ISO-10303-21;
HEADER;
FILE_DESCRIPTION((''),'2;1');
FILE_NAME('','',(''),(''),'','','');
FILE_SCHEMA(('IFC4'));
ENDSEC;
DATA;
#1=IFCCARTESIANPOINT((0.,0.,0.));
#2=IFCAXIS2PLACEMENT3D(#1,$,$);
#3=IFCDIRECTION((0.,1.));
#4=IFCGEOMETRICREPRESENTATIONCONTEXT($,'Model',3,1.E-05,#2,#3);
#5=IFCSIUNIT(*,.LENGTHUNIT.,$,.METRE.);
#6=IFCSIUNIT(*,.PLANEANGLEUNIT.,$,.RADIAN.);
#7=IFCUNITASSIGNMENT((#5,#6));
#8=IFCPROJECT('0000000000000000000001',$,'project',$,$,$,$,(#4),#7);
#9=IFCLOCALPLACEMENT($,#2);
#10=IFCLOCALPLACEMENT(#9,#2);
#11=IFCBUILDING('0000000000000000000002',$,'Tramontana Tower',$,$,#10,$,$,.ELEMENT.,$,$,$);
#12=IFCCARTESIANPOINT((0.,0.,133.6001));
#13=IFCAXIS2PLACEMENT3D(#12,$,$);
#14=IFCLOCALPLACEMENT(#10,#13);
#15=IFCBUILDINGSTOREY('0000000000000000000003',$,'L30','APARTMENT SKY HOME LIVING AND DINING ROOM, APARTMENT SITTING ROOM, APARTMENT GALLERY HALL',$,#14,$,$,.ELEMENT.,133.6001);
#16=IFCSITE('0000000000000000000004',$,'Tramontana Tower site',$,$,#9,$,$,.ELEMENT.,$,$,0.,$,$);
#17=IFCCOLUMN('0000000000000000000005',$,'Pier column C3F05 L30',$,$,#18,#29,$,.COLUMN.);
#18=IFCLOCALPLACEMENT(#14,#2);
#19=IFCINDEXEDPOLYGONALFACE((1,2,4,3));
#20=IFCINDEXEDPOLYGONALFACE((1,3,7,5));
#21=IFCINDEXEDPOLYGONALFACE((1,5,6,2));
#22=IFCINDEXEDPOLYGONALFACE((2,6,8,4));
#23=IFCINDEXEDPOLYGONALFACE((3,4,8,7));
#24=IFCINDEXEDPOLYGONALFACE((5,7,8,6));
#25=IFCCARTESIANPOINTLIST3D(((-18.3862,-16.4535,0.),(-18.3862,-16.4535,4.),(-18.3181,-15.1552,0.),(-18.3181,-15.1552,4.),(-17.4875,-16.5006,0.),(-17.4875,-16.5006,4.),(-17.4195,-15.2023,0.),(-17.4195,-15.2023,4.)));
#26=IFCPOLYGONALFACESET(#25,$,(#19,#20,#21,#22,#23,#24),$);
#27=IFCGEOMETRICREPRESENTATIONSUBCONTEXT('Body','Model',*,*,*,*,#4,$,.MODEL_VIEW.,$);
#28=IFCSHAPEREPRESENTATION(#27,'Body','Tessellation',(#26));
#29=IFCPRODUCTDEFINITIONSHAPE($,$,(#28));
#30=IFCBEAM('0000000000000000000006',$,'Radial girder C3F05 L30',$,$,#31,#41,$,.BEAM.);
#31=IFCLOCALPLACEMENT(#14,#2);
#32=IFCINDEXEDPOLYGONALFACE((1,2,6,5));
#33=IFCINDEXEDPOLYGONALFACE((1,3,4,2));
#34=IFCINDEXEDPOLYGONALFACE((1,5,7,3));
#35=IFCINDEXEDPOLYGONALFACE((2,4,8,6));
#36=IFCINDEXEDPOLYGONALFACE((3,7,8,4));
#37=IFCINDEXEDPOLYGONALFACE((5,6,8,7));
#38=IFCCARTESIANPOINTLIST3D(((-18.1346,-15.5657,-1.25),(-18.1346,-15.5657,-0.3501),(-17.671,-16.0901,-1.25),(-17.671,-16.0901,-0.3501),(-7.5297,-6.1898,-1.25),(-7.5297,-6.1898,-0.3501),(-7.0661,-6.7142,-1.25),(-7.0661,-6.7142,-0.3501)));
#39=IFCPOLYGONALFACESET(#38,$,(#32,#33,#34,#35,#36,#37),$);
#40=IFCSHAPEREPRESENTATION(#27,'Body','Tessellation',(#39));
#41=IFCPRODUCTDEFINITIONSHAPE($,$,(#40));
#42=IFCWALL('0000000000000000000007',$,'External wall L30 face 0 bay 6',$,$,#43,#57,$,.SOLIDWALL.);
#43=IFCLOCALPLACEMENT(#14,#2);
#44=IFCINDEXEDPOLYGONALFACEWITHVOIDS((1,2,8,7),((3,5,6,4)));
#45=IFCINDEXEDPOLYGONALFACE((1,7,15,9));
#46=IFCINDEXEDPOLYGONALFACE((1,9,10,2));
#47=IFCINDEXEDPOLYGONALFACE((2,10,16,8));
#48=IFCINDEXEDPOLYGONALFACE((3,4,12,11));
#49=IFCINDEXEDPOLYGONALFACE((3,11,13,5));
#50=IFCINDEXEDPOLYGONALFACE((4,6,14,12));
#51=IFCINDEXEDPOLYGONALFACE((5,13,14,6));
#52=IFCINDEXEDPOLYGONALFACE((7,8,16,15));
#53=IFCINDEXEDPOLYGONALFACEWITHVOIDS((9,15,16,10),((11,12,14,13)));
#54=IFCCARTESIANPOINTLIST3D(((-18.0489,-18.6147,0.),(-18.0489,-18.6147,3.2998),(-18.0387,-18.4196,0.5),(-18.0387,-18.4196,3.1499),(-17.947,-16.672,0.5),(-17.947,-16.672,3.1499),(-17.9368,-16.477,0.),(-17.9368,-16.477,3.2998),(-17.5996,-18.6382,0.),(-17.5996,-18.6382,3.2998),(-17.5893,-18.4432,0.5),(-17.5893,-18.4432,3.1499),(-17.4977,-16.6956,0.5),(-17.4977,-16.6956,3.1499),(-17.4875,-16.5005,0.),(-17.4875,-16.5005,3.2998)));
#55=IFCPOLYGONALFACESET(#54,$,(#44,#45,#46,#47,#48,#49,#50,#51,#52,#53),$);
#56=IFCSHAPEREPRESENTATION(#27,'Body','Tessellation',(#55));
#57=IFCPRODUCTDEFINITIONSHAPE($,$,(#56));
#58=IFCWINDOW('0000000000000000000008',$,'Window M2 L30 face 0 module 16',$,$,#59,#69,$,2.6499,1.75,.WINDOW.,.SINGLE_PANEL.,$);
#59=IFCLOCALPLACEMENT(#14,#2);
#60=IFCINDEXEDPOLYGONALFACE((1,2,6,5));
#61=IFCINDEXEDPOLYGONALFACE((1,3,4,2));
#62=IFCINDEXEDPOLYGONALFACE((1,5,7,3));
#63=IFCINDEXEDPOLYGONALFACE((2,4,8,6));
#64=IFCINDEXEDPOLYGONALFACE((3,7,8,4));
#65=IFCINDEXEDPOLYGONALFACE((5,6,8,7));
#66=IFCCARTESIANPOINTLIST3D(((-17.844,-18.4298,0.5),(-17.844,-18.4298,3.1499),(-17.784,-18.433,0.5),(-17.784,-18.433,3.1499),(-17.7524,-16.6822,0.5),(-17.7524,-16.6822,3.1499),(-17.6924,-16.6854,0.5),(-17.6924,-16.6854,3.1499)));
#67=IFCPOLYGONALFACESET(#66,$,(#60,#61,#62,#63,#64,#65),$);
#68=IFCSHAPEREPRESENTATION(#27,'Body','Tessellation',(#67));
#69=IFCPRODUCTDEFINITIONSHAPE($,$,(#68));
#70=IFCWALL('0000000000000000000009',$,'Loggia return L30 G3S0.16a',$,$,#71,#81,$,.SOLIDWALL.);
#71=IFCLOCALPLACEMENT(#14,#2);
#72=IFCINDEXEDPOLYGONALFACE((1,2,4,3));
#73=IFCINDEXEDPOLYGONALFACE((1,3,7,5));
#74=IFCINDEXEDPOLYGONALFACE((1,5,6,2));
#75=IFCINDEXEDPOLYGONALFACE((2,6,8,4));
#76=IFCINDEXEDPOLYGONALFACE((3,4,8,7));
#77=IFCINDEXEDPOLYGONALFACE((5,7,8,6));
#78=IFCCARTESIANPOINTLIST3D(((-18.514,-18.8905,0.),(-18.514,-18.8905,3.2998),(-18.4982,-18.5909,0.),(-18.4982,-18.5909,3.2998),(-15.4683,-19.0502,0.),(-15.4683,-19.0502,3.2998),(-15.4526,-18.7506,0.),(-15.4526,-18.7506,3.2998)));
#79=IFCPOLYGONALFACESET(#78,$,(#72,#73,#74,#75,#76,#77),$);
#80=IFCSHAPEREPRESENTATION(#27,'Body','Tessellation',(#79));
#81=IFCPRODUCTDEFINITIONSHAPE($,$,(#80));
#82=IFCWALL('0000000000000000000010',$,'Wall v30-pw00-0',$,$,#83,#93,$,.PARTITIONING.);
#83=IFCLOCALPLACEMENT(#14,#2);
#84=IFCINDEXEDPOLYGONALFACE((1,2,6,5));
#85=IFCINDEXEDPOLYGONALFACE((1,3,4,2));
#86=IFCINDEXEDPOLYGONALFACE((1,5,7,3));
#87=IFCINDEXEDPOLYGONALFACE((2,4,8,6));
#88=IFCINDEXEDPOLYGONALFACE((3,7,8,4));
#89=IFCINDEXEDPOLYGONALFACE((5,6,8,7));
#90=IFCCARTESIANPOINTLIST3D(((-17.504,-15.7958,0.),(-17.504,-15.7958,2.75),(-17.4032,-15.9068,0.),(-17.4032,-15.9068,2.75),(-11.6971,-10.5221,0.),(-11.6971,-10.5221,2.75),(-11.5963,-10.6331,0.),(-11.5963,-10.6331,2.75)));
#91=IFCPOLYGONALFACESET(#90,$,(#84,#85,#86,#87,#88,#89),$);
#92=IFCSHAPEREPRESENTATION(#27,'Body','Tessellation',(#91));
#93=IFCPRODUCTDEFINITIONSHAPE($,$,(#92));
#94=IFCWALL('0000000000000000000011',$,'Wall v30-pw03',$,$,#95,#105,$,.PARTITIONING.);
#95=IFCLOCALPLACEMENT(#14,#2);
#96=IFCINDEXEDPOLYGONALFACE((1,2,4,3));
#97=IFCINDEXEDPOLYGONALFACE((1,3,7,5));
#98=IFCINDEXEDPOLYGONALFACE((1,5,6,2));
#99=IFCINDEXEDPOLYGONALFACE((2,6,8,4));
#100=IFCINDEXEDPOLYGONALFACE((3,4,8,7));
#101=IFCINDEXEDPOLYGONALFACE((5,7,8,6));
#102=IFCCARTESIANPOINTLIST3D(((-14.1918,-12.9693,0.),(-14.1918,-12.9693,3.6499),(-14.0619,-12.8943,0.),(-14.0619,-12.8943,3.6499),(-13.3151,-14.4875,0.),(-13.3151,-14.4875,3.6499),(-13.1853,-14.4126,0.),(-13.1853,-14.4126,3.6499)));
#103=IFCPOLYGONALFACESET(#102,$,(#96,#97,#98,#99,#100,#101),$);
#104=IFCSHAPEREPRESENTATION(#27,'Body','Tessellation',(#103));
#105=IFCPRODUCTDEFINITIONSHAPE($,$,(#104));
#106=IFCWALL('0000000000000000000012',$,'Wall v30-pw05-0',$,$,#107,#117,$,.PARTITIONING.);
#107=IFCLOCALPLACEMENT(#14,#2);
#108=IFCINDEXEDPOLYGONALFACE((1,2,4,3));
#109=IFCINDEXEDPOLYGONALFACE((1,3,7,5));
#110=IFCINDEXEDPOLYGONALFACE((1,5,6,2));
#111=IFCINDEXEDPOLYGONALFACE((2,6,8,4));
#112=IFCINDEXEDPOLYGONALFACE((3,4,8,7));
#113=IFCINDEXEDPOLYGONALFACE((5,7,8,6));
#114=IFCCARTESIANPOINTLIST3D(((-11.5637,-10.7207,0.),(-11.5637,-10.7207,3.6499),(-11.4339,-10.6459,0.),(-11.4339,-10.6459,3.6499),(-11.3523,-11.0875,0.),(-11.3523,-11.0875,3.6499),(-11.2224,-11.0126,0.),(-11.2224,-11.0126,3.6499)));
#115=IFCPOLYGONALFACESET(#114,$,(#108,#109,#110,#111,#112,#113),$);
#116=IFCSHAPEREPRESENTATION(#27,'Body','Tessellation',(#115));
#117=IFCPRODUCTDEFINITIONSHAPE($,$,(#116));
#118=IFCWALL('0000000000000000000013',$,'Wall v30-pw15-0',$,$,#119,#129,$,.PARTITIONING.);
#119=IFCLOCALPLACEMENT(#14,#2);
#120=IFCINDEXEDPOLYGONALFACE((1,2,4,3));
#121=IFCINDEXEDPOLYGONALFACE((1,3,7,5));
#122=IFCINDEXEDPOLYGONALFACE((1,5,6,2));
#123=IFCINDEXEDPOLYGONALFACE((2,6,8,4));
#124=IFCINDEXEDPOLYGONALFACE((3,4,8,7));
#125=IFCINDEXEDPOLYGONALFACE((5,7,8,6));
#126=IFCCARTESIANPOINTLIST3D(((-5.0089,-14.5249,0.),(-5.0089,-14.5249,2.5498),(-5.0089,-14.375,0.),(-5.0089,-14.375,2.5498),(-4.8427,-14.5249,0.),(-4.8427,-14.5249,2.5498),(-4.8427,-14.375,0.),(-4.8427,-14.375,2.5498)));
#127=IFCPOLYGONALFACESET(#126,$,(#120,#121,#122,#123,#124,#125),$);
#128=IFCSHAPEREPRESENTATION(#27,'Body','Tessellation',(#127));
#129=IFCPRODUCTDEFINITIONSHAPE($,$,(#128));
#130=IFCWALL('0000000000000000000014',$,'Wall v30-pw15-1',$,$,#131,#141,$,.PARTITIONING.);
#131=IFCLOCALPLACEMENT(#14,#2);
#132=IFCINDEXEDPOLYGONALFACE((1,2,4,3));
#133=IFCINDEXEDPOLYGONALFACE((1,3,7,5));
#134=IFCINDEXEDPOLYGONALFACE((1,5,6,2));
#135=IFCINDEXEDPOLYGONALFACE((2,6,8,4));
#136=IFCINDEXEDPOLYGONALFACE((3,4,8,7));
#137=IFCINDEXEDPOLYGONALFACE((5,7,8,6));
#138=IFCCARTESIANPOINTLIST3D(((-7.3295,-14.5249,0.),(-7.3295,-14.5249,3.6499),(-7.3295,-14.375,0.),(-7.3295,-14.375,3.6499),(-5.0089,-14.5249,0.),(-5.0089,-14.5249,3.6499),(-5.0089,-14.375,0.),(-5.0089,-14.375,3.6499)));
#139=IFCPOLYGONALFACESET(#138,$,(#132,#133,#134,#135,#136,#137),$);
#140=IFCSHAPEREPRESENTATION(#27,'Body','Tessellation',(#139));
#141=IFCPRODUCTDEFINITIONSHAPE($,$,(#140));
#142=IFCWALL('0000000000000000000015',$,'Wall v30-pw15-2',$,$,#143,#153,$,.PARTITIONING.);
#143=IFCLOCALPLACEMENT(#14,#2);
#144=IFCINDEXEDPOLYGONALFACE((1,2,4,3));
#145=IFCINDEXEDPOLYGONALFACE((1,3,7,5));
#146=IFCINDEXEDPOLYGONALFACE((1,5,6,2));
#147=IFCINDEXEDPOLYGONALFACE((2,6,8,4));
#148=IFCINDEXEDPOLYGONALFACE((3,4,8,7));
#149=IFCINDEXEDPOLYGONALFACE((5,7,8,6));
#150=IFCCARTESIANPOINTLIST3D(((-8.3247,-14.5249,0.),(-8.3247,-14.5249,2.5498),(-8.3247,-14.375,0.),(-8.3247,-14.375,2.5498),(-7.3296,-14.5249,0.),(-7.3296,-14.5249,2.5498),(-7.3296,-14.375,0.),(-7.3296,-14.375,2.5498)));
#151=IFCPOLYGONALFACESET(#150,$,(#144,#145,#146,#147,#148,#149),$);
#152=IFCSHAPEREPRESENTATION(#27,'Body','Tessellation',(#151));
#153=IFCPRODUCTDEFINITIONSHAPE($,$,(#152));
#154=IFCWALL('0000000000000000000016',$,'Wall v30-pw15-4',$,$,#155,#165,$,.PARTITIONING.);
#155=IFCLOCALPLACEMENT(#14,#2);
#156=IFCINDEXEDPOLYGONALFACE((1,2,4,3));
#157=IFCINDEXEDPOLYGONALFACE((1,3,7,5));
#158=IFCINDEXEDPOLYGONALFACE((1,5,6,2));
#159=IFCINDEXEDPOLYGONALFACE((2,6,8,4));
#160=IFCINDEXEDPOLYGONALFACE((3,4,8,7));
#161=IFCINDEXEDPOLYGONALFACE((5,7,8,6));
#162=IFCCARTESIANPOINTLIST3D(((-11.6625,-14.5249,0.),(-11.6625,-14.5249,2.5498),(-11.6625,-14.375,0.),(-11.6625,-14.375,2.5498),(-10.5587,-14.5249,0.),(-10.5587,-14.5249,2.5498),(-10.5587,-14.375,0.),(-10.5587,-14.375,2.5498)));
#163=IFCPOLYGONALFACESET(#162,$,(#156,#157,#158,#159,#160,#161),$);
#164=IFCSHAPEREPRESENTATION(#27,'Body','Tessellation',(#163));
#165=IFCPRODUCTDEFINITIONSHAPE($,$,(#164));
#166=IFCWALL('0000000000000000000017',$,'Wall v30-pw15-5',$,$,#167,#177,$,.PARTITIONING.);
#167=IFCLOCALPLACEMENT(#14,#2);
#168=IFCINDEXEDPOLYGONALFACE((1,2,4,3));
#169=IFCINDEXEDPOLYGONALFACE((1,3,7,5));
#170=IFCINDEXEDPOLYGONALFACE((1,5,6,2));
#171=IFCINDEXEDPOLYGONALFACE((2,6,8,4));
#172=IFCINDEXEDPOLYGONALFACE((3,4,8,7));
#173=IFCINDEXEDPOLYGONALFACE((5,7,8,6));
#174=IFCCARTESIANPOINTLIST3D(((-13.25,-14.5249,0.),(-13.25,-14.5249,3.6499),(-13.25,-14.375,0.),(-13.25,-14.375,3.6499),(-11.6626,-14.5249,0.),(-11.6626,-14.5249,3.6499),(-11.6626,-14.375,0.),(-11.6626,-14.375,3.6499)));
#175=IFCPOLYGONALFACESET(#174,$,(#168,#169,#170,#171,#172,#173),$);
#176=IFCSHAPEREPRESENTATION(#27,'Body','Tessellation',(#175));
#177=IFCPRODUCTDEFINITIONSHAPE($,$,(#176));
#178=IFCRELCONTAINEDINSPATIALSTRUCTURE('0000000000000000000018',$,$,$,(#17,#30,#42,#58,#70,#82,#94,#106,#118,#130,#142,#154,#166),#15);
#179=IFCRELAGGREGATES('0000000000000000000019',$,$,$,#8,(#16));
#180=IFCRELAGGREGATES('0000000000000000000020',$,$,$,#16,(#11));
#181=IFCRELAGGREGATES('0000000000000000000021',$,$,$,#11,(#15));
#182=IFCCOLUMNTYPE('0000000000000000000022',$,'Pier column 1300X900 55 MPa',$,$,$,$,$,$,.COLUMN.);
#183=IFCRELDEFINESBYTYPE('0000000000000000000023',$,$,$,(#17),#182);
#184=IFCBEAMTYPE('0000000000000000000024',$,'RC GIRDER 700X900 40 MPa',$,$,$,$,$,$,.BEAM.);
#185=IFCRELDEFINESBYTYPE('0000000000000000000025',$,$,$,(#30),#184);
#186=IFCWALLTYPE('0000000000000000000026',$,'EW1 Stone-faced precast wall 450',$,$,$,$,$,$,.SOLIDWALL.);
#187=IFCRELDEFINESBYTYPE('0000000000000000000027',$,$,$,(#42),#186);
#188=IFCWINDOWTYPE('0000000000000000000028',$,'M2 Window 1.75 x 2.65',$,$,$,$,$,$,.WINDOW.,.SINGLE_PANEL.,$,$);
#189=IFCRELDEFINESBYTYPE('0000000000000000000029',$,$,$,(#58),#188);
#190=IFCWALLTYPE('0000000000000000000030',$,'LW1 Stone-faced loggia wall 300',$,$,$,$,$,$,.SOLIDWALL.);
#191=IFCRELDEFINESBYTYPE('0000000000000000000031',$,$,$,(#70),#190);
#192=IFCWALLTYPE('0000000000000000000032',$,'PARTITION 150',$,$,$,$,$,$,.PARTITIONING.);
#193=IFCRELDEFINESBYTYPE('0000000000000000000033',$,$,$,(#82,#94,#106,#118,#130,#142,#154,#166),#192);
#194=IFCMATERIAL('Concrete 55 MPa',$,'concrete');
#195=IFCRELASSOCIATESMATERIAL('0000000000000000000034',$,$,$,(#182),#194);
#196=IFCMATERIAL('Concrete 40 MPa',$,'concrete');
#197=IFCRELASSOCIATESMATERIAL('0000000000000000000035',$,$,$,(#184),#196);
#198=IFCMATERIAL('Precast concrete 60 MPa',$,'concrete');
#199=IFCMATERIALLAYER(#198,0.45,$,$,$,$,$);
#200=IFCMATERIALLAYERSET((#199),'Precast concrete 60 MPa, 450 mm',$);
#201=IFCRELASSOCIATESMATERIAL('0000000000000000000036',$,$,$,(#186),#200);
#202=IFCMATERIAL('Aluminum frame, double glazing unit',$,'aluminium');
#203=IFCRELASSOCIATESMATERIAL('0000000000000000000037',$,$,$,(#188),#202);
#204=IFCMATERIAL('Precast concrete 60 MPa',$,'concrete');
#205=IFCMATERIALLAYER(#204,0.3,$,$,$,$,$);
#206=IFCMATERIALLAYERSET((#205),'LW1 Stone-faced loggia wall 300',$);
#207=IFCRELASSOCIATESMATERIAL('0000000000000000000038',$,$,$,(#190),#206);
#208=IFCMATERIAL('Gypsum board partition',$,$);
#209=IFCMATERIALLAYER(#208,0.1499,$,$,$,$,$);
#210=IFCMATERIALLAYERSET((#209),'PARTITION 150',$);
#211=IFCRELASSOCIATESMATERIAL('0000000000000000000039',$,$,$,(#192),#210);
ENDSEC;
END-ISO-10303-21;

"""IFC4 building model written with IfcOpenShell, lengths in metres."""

from ifc_helpers import new_model, si_unit, direction, frame, frame_2d, origin, origin_2d, place, context, subcontext, project, spatial, rectangle, extrude, material, layer, layer_set, material_profile, profile_set, type_object, element, fill, save


model = new_model("IFC4")

# Units and contexts
model_context = context("Model", 3, precision=1e-05, world=origin(), true_north=direction((0.0, 1.0)))
body_context = subcontext(model_context, "Body", "Model", "MODEL_VIEW")
ifc_project = project(units=[si_unit("LENGTHUNIT", "METRE"), si_unit("PLANEANGLEUNIT", "RADIAN")], contexts=[model_context])

# Site, building, storey
site_placement = place(None, origin())
site = spatial("IfcSite", under=ifc_project, at=site_placement, Name="Tramontana Tower site", CompositionType="ELEMENT", RefElevation=0.0)
building_placement = place(site_placement, origin())
building = spatial("IfcBuilding", under=site, at=building_placement, Name="Tramontana Tower", CompositionType="ELEMENT")
storey_placement = place(building_placement, frame((0.0, 0.0, 133.6001)))
storey = spatial("IfcBuildingStorey", under=building, at=storey_placement, Name="L30", Description="APARTMENT SKY HOME LIVING AND DINING ROOM, APARTMENT SITTING ROOM, APARTMENT GALLERY HALL", CompositionType="ELEMENT", Elevation=133.6001)

# Column
ifc_material_1 = material(Name="Concrete 55 MPa", Category="concrete")
ifc_material_profile_1 = material_profile(ifc_material_1, rectangle(XDim=1.3, YDim=0.8999, at=origin_2d()), Name="Pier column 1300X900 55 MPa")
ifc_profile_set_1 = profile_set([ifc_material_profile_1], Name="Concrete 55 MPa")
column_type = type_object("IfcColumnType", Name="Pier column 1300X900 55 MPa", PredefinedType="COLUMN", material=ifc_profile_set_1)
column_placement = place(storey_placement, frame((-17.9028, -15.8279, 0.0), z_axis=(0.0, 0.0, 1.0), x_axis=(-0.052336, -0.99863, 0.0)))
element("IfcColumn", 1, at=column_placement, inside=storey, type_object=column_type, Name="Pier column C3F05 L30", PredefinedType="COLUMN", context=body_context, shape_type="SweptSolid", body=[
    extrude(rectangle(XDim=1.3, YDim=0.8999, at=origin_2d()), origin(), (0.0, 0.0, 1.0), 4.0),
])

# Beam
ifc_material_2 = material(Name="Concrete 40 MPa", Category="concrete")
ifc_material_profile_2 = material_profile(ifc_material_2, rectangle(XDim=0.7, YDim=0.8999, at=origin_2d()), Name="RC GIRDER 700X900 40 MPa")
ifc_profile_set_2 = profile_set([ifc_material_profile_2], Name="Concrete 40 MPa")
beam_type = type_object("IfcBeamType", Name="RC GIRDER 700X900 40 MPa", PredefinedType="BEAM", material=ifc_profile_set_2)
beam_placement = place(storey_placement, frame((-17.9028, -15.8279, -0.8), z_axis=(0.749184, 0.662362, 0.0), x_axis=(-0.662362, 0.749184, 0.0)))
element("IfcBeam", 2, at=beam_placement, inside=storey, type_object=beam_type, Name="Radial girder C3F05 L30", PredefinedType="BEAM", context=body_context, shape_type="SweptSolid", body=[
    extrude(rectangle(XDim=0.7, YDim=0.8999, at=origin_2d()), origin(), (0.0, 0.0, 1.0), 14.1553),
])

# Wall, opening, window
ifc_material_3 = material(Name="Precast concrete 60 MPa", Category="concrete")
ifc_layer_1 = layer(ifc_material_3, 0.45)
ifc_layer_set_1 = layer_set([ifc_layer_1], Name="Precast concrete 60 MPa, 450 mm")
wall_type_1 = type_object("IfcWallType", Name="EW1 Stone-faced precast wall 450", PredefinedType="SOLIDWALL", material=ifc_layer_set_1)
wall_1_placement = place(storey_placement, frame((-17.7122, -16.4888, 0.0), z_axis=(0.0, 0.0, 1.0), x_axis=(-0.052349, -0.998629, 0.0)))
wall_1 = element("IfcWall", 3, at=wall_1_placement, inside=storey, type_object=wall_type_1, Name="External wall L30 face 0 bay 6", PredefinedType="SOLIDWALL", context=body_context, shape_type="SweptSolid", body=[
    extrude(rectangle(XDim=2.1406, YDim=0.45, at=frame_2d((1.0703, 0.0))), origin(), (0.0, 0.0, 1.0), 3.2998),
])
opening_1_placement = place(wall_1_placement, frame((0.1953, 0.0, 0.5)))
opening_1 = element("IfcOpeningElement", 4, at=opening_1_placement, cuts=wall_1, PredefinedType="OPENING", context=body_context, shape_type="SweptSolid", body=[
    extrude(rectangle(XDim=1.75, YDim=2.6499, at=frame_2d((0.875, 1.325))), frame((0.0, 0.2349, 0.0), z_axis=(0.0, -1.0, 0.0), x_axis=(1.0, 0.0, 0.0)), (0.0, 0.0, 1.0), 0.47),
])
ifc_material_4 = material(Name="Aluminum frame, double glazing unit", Category="aluminium")
window_type = type_object("IfcWindowType", Name="M2 Window 1.75 x 2.65", PartitioningType="SINGLE_PANEL", PredefinedType="WINDOW", material=ifc_material_4)
window_placement = place(opening_1_placement, origin())
window = element("IfcWindow", 5, at=window_placement, inside=storey, type_object=window_type, Name="Window M2 L30 face 0 module 16", OverallHeight=2.6499, OverallWidth=1.75, PartitioningType="SINGLE_PANEL", PredefinedType="WINDOW", context=body_context, shape_type="SweptSolid", body=[
    extrude(rectangle(XDim=1.75, YDim=2.6499, at=frame_2d((0.875, 1.325))), frame((0.0, 0.03, 0.0), z_axis=(0.0, -1.0, 0.0), x_axis=(1.0, 0.0, 0.0)), (0.0, 0.0, 1.0), 0.0601),
])
fill(opening_1, window)

# Walls
ifc_material_5 = material(Name="Precast concrete 60 MPa", Category="concrete")
ifc_layer_2 = layer(ifc_material_5, 0.3)
ifc_layer_set_2 = layer_set([ifc_layer_2], Name="LW1 Stone-faced loggia wall 300")
wall_type_2 = type_object("IfcWallType", Name="LW1 Stone-faced loggia wall 300", PredefinedType="SOLIDWALL", material=ifc_layer_set_2)
wall_2_placement = place(storey_placement, frame((-18.5061, -18.7407, 0.0), z_axis=(0.0, 0.0, 1.0), x_axis=(0.998629, -0.052353, 0.0)))
element("IfcWall", 6, at=wall_2_placement, inside=storey, type_object=wall_type_2, Name="Loggia return L30 G3S0.16a", PredefinedType="SOLIDWALL", context=body_context, shape_type="SweptSolid", body=[
    extrude(rectangle(XDim=3.0498, YDim=0.3, at=frame_2d((1.5249, 0.0))), origin(), (0.0, 0.0, 1.0), 3.2998),
])
ifc_material_6 = material(Name="Gypsum board partition")
ifc_layer_3 = layer(ifc_material_6, 0.1499)
ifc_layer_set_3 = layer_set([ifc_layer_3], Name="PARTITION 150")
wall_type_3 = type_object("IfcWallType", Name="PARTITION 150", PredefinedType="PARTITIONING", material=ifc_layer_set_3)
wall_3_placement = place(storey_placement, frame((-17.4536, -15.8513, 0.0), z_axis=(0.0, 0.0, 1.0), x_axis=(0.740277, 0.672302, 0.0)))
element("IfcWall", 7, at=wall_3_placement, inside=storey, type_object=wall_type_3, Name="Wall v30-pw00-0", PredefinedType="PARTITIONING", context=body_context, shape_type="SweptSolid", body=[
    extrude(rectangle(XDim=7.8442, YDim=0.1499, at=frame_2d((3.9221, 0.0))), origin(), (0.0, 0.0, 1.0), 2.75),
])
wall_4_placement = place(storey_placement, frame((-13.2502, -14.45, 0.0), z_axis=(0.0, 0.0, 1.0), x_axis=(-0.500048, 0.865998, 0.0)))
element("IfcWall", 8, at=wall_4_placement, inside=storey, type_object=wall_type_3, Name="Wall v30-pw03", PredefinedType="PARTITIONING", context=body_context, shape_type="SweptSolid", body=[
    extrude(rectangle(XDim=1.7532, YDim=0.1499, at=frame_2d((0.8765, 0.0))), origin(), (0.0, 0.0, 1.0), 3.6499),
])
wall_5_placement = place(storey_placement, frame((-11.2874, -11.05, 0.0), z_axis=(0.0, 0.0, 1.0), x_axis=(-0.499489, 0.86632, 0.0)))
element("IfcWall", 9, at=wall_5_placement, inside=storey, type_object=wall_type_3, Name="Wall v30-pw05-0", PredefinedType="PARTITIONING", context=body_context, shape_type="SweptSolid", body=[
    extrude(rectangle(XDim=0.4233, YDim=0.1499, at=frame_2d((0.2117, 0.0))), origin(), (0.0, 0.0, 1.0), 3.6499),
])
wall_6_placement = place(storey_placement, frame((-4.8428, -14.45, 0.0), z_axis=(0.0, 0.0, 1.0), x_axis=(-1.0, 0.0, 0.0)))
element("IfcWall", 10, at=wall_6_placement, inside=storey, type_object=wall_type_3, Name="Wall v30-pw15-0", PredefinedType="PARTITIONING", context=body_context, shape_type="SweptSolid", body=[
    extrude(rectangle(XDim=0.1663, YDim=0.1499, at=frame_2d((0.083, 0.0))), origin(), (0.0, 0.0, 1.0), 2.5498),
])
wall_7_placement = place(storey_placement, frame((-5.009, -14.45, 0.0), z_axis=(0.0, 0.0, 1.0), x_axis=(-1.0, 0.0, 0.0)))
element("IfcWall", 11, at=wall_7_placement, inside=storey, type_object=wall_type_3, Name="Wall v30-pw15-1", PredefinedType="PARTITIONING", context=body_context, shape_type="SweptSolid", body=[
    extrude(rectangle(XDim=2.3206, YDim=0.1499, at=frame_2d((1.1602, 0.0))), origin(), (0.0, 0.0, 1.0), 3.6499),
])
wall_8_placement = place(storey_placement, frame((-7.3296, -14.45, 0.0), z_axis=(0.0, 0.0, 1.0), x_axis=(-1.0, 0.0, 0.0)))
element("IfcWall", 12, at=wall_8_placement, inside=storey, type_object=wall_type_3, Name="Wall v30-pw15-2", PredefinedType="PARTITIONING", context=body_context, shape_type="SweptSolid", body=[
    extrude(rectangle(XDim=0.9951, YDim=0.1499, at=frame_2d((0.4976, 0.0))), origin(), (0.0, 0.0, 1.0), 2.5498),
])

# Walls
wall_9_placement = place(storey_placement, frame((-10.5588, -14.45, 0.0), z_axis=(0.0, 0.0, 1.0), x_axis=(-1.0, 0.0, 0.0)))
element("IfcWall", 13, at=wall_9_placement, inside=storey, type_object=wall_type_3, Name="Wall v30-pw15-4", PredefinedType="PARTITIONING", context=body_context, shape_type="SweptSolid", body=[
    extrude(rectangle(XDim=1.1038, YDim=0.1499, at=frame_2d((0.5518, 0.0))), origin(), (0.0, 0.0, 1.0), 2.5498),
])
wall_10_placement = place(storey_placement, frame((-11.6626, -14.45, 0.0), z_axis=(0.0, 0.0, 1.0), x_axis=(-1.0, 0.0, 0.0)))
element("IfcWall", 14, at=wall_10_placement, inside=storey, type_object=wall_type_3, Name="Wall v30-pw15-5", PredefinedType="PARTITIONING", context=body_context, shape_type="SweptSolid", body=[
    extrude(rectangle(XDim=1.5874, YDim=0.1499, at=frame_2d((0.7937, 0.0))), origin(), (0.0, 0.0, 1.0), 3.6499),
])

save(model, "model.ifc")
